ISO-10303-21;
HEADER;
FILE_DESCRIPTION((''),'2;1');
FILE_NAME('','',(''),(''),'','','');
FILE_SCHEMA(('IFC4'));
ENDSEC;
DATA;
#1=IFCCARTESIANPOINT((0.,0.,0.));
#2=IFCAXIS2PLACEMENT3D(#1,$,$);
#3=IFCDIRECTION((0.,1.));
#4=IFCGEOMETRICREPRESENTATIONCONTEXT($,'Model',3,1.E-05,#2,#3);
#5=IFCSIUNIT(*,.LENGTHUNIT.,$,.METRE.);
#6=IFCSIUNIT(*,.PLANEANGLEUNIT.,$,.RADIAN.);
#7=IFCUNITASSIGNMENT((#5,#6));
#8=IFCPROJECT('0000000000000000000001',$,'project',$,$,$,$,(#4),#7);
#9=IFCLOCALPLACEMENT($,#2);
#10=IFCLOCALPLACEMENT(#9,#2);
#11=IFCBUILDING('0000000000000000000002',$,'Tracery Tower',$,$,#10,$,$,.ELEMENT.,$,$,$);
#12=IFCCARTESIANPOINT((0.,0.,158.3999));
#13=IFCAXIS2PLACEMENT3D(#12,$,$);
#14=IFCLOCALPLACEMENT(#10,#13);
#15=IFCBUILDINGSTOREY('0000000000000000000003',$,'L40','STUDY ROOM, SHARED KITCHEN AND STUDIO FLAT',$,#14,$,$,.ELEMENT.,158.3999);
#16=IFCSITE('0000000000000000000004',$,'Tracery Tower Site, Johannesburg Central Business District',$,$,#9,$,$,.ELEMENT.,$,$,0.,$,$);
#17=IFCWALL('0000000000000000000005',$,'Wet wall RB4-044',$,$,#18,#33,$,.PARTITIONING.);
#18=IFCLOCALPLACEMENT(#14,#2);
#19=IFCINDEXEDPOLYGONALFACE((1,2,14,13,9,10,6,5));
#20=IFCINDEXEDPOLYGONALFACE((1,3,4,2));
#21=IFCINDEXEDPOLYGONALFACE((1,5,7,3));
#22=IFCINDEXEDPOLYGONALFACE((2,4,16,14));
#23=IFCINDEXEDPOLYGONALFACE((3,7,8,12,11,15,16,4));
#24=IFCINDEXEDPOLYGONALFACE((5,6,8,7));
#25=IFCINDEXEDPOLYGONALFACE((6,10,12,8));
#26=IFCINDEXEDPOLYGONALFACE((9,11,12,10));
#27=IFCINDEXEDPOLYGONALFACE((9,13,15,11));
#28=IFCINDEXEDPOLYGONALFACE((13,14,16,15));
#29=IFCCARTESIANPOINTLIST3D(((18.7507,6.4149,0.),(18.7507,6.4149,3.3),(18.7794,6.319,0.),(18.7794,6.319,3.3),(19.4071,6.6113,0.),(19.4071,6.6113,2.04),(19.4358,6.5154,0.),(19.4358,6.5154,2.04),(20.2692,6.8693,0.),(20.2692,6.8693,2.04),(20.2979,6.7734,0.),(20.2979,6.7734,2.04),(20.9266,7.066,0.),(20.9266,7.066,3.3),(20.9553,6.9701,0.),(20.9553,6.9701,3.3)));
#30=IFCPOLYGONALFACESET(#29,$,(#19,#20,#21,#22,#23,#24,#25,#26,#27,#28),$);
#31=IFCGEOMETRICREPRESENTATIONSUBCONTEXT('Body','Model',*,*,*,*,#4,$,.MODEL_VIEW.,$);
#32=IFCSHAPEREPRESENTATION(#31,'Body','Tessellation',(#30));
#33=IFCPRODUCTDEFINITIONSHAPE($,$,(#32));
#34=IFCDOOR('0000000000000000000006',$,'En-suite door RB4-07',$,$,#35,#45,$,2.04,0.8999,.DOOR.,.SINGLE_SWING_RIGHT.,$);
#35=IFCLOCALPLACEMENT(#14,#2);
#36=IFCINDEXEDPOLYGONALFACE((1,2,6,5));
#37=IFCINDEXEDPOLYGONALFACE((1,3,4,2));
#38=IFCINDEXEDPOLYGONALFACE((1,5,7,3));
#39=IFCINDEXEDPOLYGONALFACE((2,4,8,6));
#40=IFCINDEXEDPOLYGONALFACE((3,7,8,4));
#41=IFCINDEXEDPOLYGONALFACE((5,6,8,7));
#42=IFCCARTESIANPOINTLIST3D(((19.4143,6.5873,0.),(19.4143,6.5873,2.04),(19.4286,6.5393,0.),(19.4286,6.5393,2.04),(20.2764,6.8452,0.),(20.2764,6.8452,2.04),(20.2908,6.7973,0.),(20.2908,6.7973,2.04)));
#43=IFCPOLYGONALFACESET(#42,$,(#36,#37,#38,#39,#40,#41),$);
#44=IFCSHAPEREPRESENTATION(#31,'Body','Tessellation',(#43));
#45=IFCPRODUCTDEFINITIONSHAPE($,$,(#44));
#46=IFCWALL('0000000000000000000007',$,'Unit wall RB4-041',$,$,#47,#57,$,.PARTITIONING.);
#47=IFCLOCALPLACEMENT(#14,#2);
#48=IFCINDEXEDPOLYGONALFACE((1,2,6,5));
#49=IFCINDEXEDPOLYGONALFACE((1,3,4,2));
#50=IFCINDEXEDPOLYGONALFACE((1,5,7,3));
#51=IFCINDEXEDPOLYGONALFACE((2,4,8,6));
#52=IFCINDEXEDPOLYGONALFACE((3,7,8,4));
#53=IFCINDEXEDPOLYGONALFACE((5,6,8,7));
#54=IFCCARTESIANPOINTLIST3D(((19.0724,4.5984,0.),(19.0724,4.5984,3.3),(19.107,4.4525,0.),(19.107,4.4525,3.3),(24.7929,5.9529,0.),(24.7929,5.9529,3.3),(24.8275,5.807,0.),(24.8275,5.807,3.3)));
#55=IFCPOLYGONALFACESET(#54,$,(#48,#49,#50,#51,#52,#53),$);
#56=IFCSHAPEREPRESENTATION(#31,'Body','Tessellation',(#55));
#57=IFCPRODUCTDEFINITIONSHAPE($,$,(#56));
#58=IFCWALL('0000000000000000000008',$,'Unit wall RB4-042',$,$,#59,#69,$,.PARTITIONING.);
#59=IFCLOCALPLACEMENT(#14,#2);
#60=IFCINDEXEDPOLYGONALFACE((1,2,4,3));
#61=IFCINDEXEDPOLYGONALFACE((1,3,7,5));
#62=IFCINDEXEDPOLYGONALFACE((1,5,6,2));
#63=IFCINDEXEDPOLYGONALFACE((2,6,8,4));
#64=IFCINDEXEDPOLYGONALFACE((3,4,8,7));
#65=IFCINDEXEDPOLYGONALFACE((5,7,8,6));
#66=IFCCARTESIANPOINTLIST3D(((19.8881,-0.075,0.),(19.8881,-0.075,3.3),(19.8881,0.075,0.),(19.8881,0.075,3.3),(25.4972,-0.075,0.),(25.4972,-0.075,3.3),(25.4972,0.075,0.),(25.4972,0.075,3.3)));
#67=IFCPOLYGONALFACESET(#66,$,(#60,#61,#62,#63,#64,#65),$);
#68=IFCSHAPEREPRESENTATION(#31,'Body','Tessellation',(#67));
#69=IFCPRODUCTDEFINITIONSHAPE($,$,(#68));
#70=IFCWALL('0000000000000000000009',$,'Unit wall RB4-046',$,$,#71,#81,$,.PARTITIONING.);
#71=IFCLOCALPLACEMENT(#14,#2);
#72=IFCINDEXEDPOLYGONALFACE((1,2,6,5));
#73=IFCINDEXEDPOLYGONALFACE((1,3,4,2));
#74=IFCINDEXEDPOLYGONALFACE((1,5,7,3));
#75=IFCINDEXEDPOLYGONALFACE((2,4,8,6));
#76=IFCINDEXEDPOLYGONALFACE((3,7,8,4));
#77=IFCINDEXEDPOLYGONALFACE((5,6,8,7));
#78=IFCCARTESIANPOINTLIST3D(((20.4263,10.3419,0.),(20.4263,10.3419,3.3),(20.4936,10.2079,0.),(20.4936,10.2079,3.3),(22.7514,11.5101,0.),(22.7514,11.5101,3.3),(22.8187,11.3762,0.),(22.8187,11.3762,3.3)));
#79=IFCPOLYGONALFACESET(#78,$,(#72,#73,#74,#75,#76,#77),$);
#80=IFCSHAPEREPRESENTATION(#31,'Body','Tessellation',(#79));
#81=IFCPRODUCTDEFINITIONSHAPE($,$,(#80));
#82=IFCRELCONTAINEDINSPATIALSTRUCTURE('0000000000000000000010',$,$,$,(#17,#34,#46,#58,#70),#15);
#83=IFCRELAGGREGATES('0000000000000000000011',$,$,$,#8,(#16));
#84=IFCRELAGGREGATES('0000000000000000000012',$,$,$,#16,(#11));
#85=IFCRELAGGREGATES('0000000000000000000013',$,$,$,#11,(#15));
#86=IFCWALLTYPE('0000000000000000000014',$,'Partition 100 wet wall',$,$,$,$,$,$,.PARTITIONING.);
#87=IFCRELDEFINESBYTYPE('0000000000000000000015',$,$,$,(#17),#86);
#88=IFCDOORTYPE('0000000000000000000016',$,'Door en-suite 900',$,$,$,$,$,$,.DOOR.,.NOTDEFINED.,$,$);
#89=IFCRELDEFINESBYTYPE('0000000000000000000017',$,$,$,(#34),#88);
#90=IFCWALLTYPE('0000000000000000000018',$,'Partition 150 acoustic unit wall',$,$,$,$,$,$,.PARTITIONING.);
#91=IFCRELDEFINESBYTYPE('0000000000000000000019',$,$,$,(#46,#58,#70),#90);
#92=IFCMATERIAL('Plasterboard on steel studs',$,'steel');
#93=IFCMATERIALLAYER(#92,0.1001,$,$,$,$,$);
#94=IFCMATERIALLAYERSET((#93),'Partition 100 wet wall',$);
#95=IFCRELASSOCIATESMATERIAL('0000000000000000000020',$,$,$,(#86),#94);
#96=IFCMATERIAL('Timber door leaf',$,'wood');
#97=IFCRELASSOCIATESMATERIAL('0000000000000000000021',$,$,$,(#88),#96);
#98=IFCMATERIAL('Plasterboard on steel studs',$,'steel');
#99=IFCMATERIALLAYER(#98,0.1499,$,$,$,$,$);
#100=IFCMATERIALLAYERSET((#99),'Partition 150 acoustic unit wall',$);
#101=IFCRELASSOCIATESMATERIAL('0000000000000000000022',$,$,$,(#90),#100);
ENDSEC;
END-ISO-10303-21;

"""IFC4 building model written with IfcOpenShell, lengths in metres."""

from ifc_helpers import new_model, si_unit, direction, frame, frame_2d, origin, place, context, subcontext, project, spatial, rectangle, extrude, material, layer, layer_set, type_object, element, fill, save


model = new_model("IFC4")

# Units and contexts
model_context = context("Model", 3, precision=1e-05, world=origin(), true_north=direction((0.0, 1.0)))
body_context = subcontext(model_context, "Body", "Model", "MODEL_VIEW")
ifc_project = project(units=[si_unit("LENGTHUNIT", "METRE"), si_unit("PLANEANGLEUNIT", "RADIAN")], contexts=[model_context])

# Site, building, storey
site_placement = place(None, origin())
site = spatial("IfcSite", under=ifc_project, at=site_placement, Name="Tracery Tower Site, Johannesburg Central Business District", CompositionType="ELEMENT", RefElevation=0.0)
building_placement = place(site_placement, origin())
building = spatial("IfcBuilding", under=site, at=building_placement, Name="Tracery Tower", CompositionType="ELEMENT")
storey_placement = place(building_placement, frame((0.0, 0.0, 158.3999)))
storey = spatial("IfcBuildingStorey", under=building, at=storey_placement, Name="L40", Description="STUDY ROOM, SHARED KITCHEN AND STUDIO FLAT", CompositionType="ELEMENT", Elevation=158.3999)

# Shared definitions
ifc_material_1 = material(Name="Plasterboard on steel studs", Category="steel")
ifc_layer_1 = layer(ifc_material_1, 0.1001)
ifc_layer_set_1 = layer_set([ifc_layer_1], Name="Partition 100 wet wall")
wall_type_1 = type_object("IfcWallType", Name="Partition 100 wet wall", PredefinedType="PARTITIONING", material=ifc_layer_set_1)

# Shared definitions
ifc_material_2 = material(Name="Timber door leaf", Category="wood")
door_type = type_object("IfcDoorType", Name="Door en-suite 900", OperationType="NOTDEFINED", PredefinedType="DOOR", material=ifc_material_2)

# Wall, opening, door
wall_1_placement = place(storey_placement, frame((18.7649, 6.3669, 0.0), z_axis=(0.0, 0.0, 1.0), x_axis=(0.95803, 0.286667, 0.0)))
wall_1 = element("IfcWall", 1, at=wall_1_placement, inside=storey, type_object=wall_type_1, Name="Wet wall RB4-044", PredefinedType="PARTITIONING", context=body_context, shape_type="SweptSolid", body=[
    extrude(rectangle(XDim=2.2712, YDim=0.1001, at=frame_2d((1.1357, 0.0))), origin(), (0.0, 0.0, 1.0), 3.3),
])
opening_1_placement = place(wall_1_placement, frame((0.6853, 0.0, 0.0)))
opening_1 = element("IfcOpeningElement", 2, at=opening_1_placement, cuts=wall_1, PredefinedType="OPENING", context=body_context, shape_type="SweptSolid", body=[
    extrude(rectangle(XDim=0.8999, YDim=2.04, at=frame_2d((0.45, 1.02))), frame((0.0, 0.05, 0.0), z_axis=(0.0, -1.0, 0.0), x_axis=(1.0, 0.0, 0.0)), (0.0, 0.0, 1.0), 0.1001),
])
door_1_placement = place(opening_1_placement, origin())
door_1 = element("IfcDoor", 3, at=door_1_placement, inside=storey, type_object=door_type, Name="En-suite door RB4-07", OperationType="SINGLE_SWING_RIGHT", OverallHeight=2.04, OverallWidth=0.8999, PredefinedType="DOOR", context=body_context, shape_type="SweptSolid", body=[
    extrude(rectangle(XDim=0.8999, YDim=2.04, at=frame_2d((0.45, 1.02))), frame((0.0, 0.0249, 0.0), z_axis=(0.0, -1.0, 0.0), x_axis=(1.0, 0.0, 0.0)), (0.0, 0.0, 1.0), 0.05),
])
fill(opening_1, door_1)

# Walls
ifc_material_3 = material(Name="Plasterboard on steel studs", Category="steel")
ifc_layer_2 = layer(ifc_material_3, 0.1499)
ifc_layer_set_2 = layer_set([ifc_layer_2], Name="Partition 150 acoustic unit wall")
wall_type_2 = type_object("IfcWallType", Name="Partition 150 acoustic unit wall", PredefinedType="PARTITIONING", material=ifc_layer_set_2)
wall_2_placement = place(storey_placement, frame((19.0896, 4.5254, 0.0), z_axis=(0.0, 0.0, 1.0), x_axis=(0.973094, 0.230409, 0.0)))
element("IfcWall", 4, at=wall_2_placement, inside=storey, type_object=wall_type_2, Name="Unit wall RB4-041", PredefinedType="PARTITIONING", context=body_context, shape_type="SweptSolid", body=[
    extrude(rectangle(XDim=5.8787, YDim=0.1499, at=frame_2d((2.9395, 0.0))), origin(), (0.0, 0.0, 1.0), 3.3),
])
wall_3_placement = place(storey_placement, frame((19.8879, 0.0, 0.0), z_axis=(0.0, 0.0, 1.0), x_axis=(1.0, 0.0, 0.0)))
element("IfcWall", 5, at=wall_3_placement, inside=storey, type_object=wall_type_2, Name="Unit wall RB4-042", PredefinedType="PARTITIONING", context=body_context, shape_type="SweptSolid", body=[
    extrude(rectangle(XDim=5.6091, YDim=0.1499, at=frame_2d((2.8047, 0.0))), origin(), (0.0, 0.0, 1.0), 3.3),
])
wall_4_placement = place(storey_placement, frame((20.46, 10.2749, 0.0), z_axis=(0.0, 0.0, 1.0), x_axis=(0.893543, 0.448977, 0.0)))
element("IfcWall", 6, at=wall_4_placement, inside=storey, type_object=wall_type_2, Name="Unit wall RB4-046", PredefinedType="PARTITIONING", context=body_context, shape_type="SweptSolid", body=[
    extrude(rectangle(XDim=2.6021, YDim=0.1499, at=frame_2d((1.301, 0.0))), origin(), (0.0, 0.0, 1.0), 3.3),
])

save(model, "model.ifc")
